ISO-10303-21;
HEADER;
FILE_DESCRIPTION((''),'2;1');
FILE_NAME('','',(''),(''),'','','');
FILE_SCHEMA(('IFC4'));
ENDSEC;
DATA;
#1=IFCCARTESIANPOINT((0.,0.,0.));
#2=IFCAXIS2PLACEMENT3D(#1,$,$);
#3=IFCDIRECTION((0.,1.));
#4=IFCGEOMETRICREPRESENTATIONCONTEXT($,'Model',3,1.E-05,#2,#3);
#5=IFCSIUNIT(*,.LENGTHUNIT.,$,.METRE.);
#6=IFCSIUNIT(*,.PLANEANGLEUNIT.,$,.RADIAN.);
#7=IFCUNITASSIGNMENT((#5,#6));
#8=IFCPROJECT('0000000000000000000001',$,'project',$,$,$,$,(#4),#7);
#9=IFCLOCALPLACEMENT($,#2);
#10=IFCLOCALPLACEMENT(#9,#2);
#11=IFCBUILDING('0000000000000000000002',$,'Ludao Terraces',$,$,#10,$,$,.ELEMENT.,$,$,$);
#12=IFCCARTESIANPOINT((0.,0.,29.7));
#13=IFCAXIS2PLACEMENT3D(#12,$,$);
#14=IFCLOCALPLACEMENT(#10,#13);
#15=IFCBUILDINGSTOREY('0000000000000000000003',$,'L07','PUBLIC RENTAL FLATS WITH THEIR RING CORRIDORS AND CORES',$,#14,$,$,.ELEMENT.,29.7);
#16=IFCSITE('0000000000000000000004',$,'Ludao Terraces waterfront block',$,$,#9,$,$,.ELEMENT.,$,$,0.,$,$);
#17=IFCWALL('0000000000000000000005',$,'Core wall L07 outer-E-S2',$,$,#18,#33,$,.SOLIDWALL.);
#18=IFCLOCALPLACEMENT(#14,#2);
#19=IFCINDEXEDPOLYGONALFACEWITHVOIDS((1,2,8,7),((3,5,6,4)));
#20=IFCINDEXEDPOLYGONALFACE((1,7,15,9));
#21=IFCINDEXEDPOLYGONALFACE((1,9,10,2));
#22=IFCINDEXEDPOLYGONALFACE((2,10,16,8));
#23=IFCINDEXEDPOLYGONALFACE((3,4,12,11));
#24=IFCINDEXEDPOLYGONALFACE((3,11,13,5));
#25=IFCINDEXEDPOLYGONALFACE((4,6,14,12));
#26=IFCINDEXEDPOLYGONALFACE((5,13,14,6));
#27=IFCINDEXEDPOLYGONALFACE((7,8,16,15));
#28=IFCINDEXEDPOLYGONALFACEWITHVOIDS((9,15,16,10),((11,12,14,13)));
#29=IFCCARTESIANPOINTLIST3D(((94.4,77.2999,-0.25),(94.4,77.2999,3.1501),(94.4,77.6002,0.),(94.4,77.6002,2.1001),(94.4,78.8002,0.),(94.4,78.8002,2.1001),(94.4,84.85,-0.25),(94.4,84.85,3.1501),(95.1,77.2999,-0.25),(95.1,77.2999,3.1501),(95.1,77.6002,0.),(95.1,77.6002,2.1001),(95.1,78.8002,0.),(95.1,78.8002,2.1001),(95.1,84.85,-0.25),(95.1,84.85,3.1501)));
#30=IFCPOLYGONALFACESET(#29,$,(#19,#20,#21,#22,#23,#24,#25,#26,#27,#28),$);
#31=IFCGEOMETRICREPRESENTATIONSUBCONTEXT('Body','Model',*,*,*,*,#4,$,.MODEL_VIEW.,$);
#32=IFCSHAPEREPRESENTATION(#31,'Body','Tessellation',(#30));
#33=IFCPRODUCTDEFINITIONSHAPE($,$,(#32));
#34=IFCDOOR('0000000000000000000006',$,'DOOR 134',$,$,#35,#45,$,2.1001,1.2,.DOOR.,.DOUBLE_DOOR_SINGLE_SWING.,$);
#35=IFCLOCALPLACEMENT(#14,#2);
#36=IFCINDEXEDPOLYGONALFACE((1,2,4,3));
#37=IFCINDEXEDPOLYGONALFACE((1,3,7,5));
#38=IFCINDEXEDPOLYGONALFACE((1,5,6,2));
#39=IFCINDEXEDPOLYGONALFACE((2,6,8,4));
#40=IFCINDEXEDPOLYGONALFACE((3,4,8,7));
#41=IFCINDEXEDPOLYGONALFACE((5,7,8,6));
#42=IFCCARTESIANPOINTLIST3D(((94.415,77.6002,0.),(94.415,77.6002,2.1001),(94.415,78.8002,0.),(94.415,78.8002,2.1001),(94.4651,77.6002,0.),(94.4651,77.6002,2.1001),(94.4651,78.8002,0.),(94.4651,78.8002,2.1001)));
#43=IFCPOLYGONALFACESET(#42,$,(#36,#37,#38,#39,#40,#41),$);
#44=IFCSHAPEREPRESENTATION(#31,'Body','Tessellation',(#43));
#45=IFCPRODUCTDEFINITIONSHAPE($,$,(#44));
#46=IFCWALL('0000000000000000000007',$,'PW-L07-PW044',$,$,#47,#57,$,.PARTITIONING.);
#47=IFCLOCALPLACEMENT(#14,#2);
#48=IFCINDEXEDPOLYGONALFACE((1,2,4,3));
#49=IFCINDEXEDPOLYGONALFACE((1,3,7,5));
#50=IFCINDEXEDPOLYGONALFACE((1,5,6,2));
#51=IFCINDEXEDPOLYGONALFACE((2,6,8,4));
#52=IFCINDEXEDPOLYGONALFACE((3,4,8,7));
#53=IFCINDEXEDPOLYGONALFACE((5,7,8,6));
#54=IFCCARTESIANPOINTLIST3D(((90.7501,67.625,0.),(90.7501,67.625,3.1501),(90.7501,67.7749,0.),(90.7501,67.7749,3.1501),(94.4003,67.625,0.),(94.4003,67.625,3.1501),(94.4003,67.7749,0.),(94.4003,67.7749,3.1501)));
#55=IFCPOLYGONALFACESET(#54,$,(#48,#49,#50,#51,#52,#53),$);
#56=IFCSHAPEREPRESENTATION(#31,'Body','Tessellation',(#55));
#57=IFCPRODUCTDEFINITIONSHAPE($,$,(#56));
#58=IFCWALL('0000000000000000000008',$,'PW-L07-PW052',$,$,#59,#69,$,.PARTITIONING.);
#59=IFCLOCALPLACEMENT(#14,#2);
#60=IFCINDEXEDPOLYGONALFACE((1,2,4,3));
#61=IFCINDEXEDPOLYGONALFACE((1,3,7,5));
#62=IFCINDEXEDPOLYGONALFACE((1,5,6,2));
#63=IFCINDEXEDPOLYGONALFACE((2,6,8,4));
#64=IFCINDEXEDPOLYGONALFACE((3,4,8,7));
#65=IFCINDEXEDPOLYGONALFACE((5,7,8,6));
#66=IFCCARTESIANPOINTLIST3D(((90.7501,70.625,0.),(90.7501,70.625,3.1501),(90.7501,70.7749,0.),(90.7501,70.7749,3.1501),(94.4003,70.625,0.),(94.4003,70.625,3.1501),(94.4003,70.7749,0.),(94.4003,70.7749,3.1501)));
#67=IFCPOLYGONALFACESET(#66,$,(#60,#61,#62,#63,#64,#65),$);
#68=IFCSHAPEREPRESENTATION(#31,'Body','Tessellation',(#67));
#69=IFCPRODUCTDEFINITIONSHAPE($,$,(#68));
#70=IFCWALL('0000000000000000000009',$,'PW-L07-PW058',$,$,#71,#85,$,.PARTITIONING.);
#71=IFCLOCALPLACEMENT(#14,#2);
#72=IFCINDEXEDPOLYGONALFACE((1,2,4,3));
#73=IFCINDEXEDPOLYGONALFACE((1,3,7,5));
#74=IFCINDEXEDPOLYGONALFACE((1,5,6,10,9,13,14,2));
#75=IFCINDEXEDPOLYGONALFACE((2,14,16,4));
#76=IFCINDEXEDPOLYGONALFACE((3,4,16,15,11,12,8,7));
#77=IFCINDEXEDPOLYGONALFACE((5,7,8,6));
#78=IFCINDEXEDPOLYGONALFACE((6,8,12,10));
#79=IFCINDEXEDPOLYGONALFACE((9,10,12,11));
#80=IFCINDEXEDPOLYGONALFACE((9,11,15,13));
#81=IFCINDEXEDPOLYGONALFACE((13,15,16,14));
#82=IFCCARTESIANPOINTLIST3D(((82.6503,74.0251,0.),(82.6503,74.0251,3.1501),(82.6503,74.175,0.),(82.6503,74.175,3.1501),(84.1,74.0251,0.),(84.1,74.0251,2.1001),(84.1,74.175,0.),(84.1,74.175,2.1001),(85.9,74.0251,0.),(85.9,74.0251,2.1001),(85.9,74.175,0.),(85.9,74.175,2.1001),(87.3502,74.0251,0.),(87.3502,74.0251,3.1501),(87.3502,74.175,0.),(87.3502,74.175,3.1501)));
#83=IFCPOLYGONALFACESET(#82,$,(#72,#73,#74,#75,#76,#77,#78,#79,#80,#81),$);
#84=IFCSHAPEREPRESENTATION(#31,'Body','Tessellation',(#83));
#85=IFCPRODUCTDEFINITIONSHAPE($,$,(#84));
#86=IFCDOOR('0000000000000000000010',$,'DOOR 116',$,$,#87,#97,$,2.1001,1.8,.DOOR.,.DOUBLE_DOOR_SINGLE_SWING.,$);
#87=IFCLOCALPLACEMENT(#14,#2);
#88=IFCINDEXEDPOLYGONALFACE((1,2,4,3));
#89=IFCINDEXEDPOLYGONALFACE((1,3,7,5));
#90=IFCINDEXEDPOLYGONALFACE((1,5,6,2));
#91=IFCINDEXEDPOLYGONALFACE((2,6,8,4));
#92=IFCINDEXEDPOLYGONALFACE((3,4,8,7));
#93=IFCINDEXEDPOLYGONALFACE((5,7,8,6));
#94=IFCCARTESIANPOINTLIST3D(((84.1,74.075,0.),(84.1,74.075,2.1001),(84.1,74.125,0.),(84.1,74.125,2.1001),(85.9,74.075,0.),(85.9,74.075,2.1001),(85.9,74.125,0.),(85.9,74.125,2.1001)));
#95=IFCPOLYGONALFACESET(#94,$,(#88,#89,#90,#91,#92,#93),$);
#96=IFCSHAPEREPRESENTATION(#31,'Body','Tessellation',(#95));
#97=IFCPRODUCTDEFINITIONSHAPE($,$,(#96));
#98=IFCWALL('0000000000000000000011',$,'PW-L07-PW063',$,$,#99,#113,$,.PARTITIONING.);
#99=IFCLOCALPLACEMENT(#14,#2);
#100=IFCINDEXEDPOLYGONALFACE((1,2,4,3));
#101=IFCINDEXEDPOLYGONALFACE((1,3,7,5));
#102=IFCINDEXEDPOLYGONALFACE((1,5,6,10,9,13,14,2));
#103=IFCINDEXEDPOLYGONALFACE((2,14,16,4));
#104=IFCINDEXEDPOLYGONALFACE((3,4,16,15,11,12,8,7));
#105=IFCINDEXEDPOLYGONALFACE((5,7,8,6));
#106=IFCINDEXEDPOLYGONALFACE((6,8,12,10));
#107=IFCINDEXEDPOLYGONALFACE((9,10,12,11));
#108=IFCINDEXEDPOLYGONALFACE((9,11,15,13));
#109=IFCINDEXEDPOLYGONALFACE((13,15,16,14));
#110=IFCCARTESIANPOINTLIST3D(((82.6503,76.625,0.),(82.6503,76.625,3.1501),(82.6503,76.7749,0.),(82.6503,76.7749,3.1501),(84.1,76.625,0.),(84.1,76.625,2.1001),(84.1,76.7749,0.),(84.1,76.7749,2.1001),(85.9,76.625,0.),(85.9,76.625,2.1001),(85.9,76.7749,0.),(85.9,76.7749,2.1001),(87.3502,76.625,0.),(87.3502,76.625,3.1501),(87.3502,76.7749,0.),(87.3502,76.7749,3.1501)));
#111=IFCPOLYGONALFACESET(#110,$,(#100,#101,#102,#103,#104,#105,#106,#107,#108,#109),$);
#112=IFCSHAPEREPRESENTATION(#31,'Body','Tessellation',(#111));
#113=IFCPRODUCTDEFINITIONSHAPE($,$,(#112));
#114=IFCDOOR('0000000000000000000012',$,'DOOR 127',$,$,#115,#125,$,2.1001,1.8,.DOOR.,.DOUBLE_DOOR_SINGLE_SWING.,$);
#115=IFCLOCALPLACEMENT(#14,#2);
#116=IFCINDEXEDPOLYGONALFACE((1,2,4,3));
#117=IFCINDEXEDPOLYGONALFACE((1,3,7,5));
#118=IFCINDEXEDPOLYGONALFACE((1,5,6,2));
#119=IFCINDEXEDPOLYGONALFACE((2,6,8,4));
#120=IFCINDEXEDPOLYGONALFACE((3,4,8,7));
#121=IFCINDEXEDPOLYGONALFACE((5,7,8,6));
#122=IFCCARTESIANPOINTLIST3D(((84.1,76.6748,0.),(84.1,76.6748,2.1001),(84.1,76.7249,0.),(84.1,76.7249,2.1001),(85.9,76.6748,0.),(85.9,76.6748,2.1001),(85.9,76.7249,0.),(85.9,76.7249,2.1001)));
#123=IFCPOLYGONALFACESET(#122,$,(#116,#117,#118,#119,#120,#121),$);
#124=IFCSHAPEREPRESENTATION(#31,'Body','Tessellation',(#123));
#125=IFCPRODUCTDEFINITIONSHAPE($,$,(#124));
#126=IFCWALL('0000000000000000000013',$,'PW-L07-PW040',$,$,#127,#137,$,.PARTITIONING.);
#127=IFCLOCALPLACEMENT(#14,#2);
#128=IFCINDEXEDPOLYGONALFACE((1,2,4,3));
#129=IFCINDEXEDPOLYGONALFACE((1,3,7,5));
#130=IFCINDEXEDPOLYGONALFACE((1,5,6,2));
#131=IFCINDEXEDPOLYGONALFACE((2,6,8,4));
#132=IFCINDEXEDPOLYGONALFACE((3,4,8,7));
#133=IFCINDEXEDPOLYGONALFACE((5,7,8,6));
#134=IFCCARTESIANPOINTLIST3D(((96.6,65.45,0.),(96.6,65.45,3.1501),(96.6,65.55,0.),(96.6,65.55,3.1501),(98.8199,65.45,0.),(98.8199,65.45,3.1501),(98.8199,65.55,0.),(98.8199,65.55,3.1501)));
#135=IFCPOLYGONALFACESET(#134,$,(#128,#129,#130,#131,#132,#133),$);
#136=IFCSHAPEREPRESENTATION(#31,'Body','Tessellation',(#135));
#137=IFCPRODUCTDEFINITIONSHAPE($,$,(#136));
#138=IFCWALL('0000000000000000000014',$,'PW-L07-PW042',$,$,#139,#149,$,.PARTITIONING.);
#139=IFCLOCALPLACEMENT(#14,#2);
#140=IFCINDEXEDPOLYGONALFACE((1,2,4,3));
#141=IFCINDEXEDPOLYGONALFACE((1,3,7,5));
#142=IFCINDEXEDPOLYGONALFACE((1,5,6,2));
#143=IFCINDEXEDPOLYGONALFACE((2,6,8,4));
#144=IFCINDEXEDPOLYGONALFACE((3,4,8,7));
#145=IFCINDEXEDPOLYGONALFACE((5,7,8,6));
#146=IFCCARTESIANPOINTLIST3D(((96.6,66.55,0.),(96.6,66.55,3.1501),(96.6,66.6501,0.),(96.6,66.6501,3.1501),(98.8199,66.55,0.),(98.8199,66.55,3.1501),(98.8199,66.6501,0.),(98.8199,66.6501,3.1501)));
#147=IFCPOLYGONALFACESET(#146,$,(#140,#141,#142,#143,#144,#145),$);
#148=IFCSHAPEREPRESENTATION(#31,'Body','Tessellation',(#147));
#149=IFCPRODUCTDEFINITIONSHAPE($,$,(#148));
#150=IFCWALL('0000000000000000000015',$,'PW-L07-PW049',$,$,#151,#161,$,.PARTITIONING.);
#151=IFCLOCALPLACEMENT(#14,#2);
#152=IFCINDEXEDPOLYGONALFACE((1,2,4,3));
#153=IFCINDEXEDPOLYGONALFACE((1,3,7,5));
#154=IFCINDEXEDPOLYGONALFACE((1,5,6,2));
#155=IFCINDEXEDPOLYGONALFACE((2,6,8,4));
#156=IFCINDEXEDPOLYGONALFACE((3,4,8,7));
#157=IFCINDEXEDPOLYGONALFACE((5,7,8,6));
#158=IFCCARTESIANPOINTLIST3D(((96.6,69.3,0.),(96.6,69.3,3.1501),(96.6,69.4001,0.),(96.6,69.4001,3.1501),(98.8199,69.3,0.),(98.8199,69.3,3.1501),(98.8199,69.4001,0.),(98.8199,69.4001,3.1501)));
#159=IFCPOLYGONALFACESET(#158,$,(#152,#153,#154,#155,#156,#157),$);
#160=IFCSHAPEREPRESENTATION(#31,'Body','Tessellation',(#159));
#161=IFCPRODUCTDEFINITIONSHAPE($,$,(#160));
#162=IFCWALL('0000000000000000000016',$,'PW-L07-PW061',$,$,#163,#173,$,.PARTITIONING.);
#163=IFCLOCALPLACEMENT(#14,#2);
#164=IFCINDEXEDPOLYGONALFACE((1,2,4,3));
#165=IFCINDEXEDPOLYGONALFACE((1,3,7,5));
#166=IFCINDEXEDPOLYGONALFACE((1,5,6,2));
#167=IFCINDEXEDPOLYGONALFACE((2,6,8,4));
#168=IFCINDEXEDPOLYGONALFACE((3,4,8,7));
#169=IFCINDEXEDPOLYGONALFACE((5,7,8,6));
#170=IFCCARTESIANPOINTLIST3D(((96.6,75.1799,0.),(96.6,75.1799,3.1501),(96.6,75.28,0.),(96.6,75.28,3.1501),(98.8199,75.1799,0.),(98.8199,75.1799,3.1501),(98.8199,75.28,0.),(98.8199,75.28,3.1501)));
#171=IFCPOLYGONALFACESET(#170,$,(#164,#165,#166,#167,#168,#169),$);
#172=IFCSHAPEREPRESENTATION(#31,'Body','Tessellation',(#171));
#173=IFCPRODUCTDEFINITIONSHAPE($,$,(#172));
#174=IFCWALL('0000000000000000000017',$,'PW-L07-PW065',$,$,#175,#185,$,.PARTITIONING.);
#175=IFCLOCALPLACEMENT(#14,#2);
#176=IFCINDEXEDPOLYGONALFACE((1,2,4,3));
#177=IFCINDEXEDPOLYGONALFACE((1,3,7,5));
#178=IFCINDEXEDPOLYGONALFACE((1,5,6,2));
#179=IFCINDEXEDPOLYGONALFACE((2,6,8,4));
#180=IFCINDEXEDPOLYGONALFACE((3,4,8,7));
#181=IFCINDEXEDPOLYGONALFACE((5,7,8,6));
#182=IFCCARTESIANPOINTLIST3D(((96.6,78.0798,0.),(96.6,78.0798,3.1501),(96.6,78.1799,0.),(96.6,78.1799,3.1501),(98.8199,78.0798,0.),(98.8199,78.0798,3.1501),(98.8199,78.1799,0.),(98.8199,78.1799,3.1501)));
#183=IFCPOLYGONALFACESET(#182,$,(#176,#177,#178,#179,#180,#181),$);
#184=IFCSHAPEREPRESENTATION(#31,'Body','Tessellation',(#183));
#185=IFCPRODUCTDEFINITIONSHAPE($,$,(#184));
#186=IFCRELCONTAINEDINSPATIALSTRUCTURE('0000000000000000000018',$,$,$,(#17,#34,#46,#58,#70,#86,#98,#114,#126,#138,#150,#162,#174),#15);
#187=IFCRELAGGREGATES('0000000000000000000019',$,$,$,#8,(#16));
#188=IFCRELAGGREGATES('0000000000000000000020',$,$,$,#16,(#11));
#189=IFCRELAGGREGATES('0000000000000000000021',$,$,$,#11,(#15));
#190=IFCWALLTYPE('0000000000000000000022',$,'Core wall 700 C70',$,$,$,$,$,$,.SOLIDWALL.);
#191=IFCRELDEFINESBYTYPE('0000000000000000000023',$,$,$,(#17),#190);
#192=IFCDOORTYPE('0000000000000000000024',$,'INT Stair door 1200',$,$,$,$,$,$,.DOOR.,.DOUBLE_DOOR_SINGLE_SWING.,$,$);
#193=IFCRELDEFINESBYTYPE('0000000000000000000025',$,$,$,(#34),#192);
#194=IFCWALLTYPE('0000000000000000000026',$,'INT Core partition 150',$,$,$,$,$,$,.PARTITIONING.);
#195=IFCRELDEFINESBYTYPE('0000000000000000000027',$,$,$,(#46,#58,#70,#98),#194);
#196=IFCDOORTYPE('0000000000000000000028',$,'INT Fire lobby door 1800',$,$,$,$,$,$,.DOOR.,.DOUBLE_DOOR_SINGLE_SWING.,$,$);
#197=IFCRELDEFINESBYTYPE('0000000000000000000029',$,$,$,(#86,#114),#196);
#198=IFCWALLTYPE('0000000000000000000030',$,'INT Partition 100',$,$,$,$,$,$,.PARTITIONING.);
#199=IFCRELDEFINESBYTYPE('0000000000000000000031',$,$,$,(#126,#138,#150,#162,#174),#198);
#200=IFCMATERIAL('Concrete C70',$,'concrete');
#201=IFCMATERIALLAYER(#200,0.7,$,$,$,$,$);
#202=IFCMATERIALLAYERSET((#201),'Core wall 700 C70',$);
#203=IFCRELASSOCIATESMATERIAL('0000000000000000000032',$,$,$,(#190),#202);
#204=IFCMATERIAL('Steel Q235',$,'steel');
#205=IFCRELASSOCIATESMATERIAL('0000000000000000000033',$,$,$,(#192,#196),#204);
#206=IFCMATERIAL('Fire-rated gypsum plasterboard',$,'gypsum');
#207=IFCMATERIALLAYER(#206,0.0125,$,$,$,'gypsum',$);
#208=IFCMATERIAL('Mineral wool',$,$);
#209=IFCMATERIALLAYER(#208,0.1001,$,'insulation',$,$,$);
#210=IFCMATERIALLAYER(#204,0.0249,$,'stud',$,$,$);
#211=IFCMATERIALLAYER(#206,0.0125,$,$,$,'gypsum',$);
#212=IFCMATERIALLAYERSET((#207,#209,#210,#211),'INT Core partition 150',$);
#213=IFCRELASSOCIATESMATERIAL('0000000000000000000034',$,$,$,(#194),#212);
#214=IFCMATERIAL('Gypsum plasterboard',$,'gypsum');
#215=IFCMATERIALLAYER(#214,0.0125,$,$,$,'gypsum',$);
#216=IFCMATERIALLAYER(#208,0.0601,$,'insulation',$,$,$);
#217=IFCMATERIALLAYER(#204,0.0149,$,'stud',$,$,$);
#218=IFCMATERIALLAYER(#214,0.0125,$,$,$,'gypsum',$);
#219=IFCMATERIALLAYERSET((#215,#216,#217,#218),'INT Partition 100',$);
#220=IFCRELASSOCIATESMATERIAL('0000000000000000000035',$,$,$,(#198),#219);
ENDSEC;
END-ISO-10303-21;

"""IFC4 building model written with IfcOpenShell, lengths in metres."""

from ifc_helpers import new_model, si_unit, direction, frame, frame_2d, origin, place, context, subcontext, project, spatial, rectangle, extrude, material, layer, layer_set, type_object, element, fill, save


model = new_model("IFC4")

# Units and contexts
model_context = context("Model", 3, precision=1e-05, world=origin(), true_north=direction((0.0, 1.0)))
body_context = subcontext(model_context, "Body", "Model", "MODEL_VIEW")
ifc_project = project(units=[si_unit("LENGTHUNIT", "METRE"), si_unit("PLANEANGLEUNIT", "RADIAN")], contexts=[model_context])

# Site, building, storey
site_placement = place(None, origin())
site = spatial("IfcSite", under=ifc_project, at=site_placement, Name="Ludao Terraces waterfront block", CompositionType="ELEMENT", RefElevation=0.0)
building_placement = place(site_placement, origin())
building = spatial("IfcBuilding", under=site, at=building_placement, Name="Ludao Terraces", CompositionType="ELEMENT")
storey_placement = place(building_placement, frame((0.0, 0.0, 29.7)))
storey = spatial("IfcBuildingStorey", under=building, at=storey_placement, Name="L07", Description="PUBLIC RENTAL FLATS WITH THEIR RING CORRIDORS AND CORES", CompositionType="ELEMENT", Elevation=29.7)

# Wall, opening, door
ifc_material_1 = material(Name="Concrete C70", Category="concrete")
ifc_layer_1 = layer(ifc_material_1, 0.7)
ifc_layer_set_1 = layer_set([ifc_layer_1], Name="Core wall 700 C70")
wall_type_1 = type_object("IfcWallType", Name="Core wall 700 C70", PredefinedType="SOLIDWALL", material=ifc_layer_set_1)
wall_1_placement = place(storey_placement, frame((94.75, 77.3, -0.25), z_axis=(0.0, 0.0, 1.0), x_axis=(0.0, 1.0, 0.0)))
wall_1 = element("IfcWall", 1, at=wall_1_placement, inside=storey, type_object=wall_type_1, Name="Core wall L07 outer-E-S2", PredefinedType="SOLIDWALL", context=body_context, shape_type="SweptSolid", body=[
    extrude(rectangle(XDim=7.55, YDim=0.7, at=frame_2d((3.7749, 0.0))), origin(), (0.0, 0.0, 1.0), 3.4001),
])
opening_1_placement = place(wall_1_placement, frame((0.3, 0.0, 0.25)))
opening_1 = element("IfcOpeningElement", 2, at=opening_1_placement, cuts=wall_1, PredefinedType="OPENING", context=body_context, shape_type="SweptSolid", body=[
    extrude(rectangle(XDim=1.2, YDim=2.1001, at=frame_2d((0.6001, 1.05))), frame((0.0, 0.3599, 0.0), z_axis=(0.0, -1.0, 0.0), x_axis=(1.0, 0.0, 0.0)), (0.0, 0.0, 1.0), 0.72),
])
ifc_material_2 = material(Name="Steel Q235", Category="steel")
door_type_1 = type_object("IfcDoorType", Name="INT Stair door 1200", OperationType="DOUBLE_DOOR_SINGLE_SWING", PredefinedType="DOOR", material=ifc_material_2)
door_1_placement = place(opening_1_placement, origin())
door_1 = element("IfcDoor", 3, at=door_1_placement, inside=storey, type_object=door_type_1, Name="DOOR 134", OperationType="DOUBLE_DOOR_SINGLE_SWING", OverallHeight=2.1001, OverallWidth=1.2, PredefinedType="DOOR", context=body_context, shape_type="SweptSolid", body=[
    extrude(rectangle(XDim=1.2, YDim=2.1001, at=frame_2d((0.6001, 1.05))), frame((0.0, 0.335, 0.0), z_axis=(0.0, -1.0, 0.0), x_axis=(1.0, 0.0, 0.0)), (0.0, 0.0, 1.0), 0.05),
])
fill(opening_1, door_1)

# Walls
ifc_material_3 = material(Name="Fire-rated gypsum plasterboard", Category="gypsum")
ifc_layer_2 = layer(ifc_material_3, 0.0125, Category="gypsum")
ifc_material_4 = material(Name="Mineral wool")
ifc_layer_3 = layer(ifc_material_4, 0.1001, Name="insulation")
ifc_layer_4 = layer(ifc_material_2, 0.0249, Name="stud")
ifc_layer_5 = layer(ifc_material_3, 0.0125, Category="gypsum")
ifc_layer_set_2 = layer_set([ifc_layer_2, ifc_layer_3, ifc_layer_4, ifc_layer_5], Name="INT Core partition 150")
wall_type_2 = type_object("IfcWallType", Name="INT Core partition 150", PredefinedType="PARTITIONING", material=ifc_layer_set_2)
for number, where, z_axis, x_axis, name in (
    (4, (90.75, 67.7, 0.0), (0.0, 0.0, 1.0), (1.0, 0.0, 0.0), "PW-L07-PW044"),
    (5, (90.75, 70.7, 0.0), (0.0, 0.0, 1.0), (1.0, 0.0, 0.0), "PW-L07-PW052"),
):
    element("IfcWall", number, at=place(storey_placement, frame(where, z_axis=z_axis, x_axis=x_axis)), inside=storey, type_object=wall_type_2, Name=name, PredefinedType="PARTITIONING", context=body_context, shape_type="SweptSolid", body=[
        extrude(rectangle(XDim=3.6501, YDim=0.1499, at=frame_2d((1.8252, 0.0))), origin(), (0.0, 0.0, 1.0), 3.1501),
    ])

# Walls, openings, doors
wall_2_placement = place(storey_placement, frame((82.6501, 74.1001, 0.0), z_axis=(0.0, 0.0, 1.0), x_axis=(1.0, 0.0, 0.0)))
wall_2 = element("IfcWall", 6, at=wall_2_placement, inside=storey, type_object=wall_type_2, Name="PW-L07-PW058", PredefinedType="PARTITIONING", context=body_context, shape_type="SweptSolid", body=[
    extrude(rectangle(XDim=4.7, YDim=0.1499, at=frame_2d((2.3501, 0.0))), origin(), (0.0, 0.0, 1.0), 3.1501),
])
opening_2_placement = place(wall_2_placement, frame((1.45, 0.0, 0.0)))
opening_2 = element("IfcOpeningElement", 7, at=opening_2_placement, cuts=wall_2, PredefinedType="OPENING", context=body_context, shape_type="SweptSolid", body=[
    extrude(rectangle(XDim=1.8, YDim=2.1001, at=frame_2d((0.8999, 1.05))), frame((0.0, 0.085, 0.0), z_axis=(0.0, -1.0, 0.0), x_axis=(1.0, 0.0, 0.0)), (0.0, 0.0, 1.0), 0.1699),
])
door_type_2 = type_object("IfcDoorType", Name="INT Fire lobby door 1800", OperationType="DOUBLE_DOOR_SINGLE_SWING", PredefinedType="DOOR", material=ifc_material_2)
door_2_placement = place(opening_2_placement, origin())
door_2 = element("IfcDoor", 8, at=door_2_placement, inside=storey, type_object=door_type_2, Name="DOOR 116", OperationType="DOUBLE_DOOR_SINGLE_SWING", OverallHeight=2.1001, OverallWidth=1.8, PredefinedType="DOOR", context=body_context, shape_type="SweptSolid", body=[
    extrude(rectangle(XDim=1.8, YDim=2.1001, at=frame_2d((0.8999, 1.05))), frame((0.0, 0.0249, 0.0), z_axis=(0.0, -1.0, 0.0), x_axis=(1.0, 0.0, 0.0)), (0.0, 0.0, 1.0), 0.05),
])
fill(opening_2, door_2)
wall_3_placement = place(storey_placement, frame((82.6501, 76.7, 0.0), z_axis=(0.0, 0.0, 1.0), x_axis=(1.0, 0.0, 0.0)))
wall_3 = element("IfcWall", 9, at=wall_3_placement, inside=storey, type_object=wall_type_2, Name="PW-L07-PW063", PredefinedType="PARTITIONING", context=body_context, shape_type="SweptSolid", body=[
    extrude(rectangle(XDim=4.7, YDim=0.1499, at=frame_2d((2.3501, 0.0))), origin(), (0.0, 0.0, 1.0), 3.1501),
])
opening_3_placement = place(wall_3_placement, frame((1.45, 0.0, 0.0)))
opening_3 = element("IfcOpeningElement", 10, at=opening_3_placement, cuts=wall_3, PredefinedType="OPENING", context=body_context, shape_type="SweptSolid", body=[
    extrude(rectangle(XDim=1.8, YDim=2.1001, at=frame_2d((0.8999, 1.05))), frame((0.0, 0.085, 0.0), z_axis=(0.0, -1.0, 0.0), x_axis=(1.0, 0.0, 0.0)), (0.0, 0.0, 1.0), 0.1699),
])
door_3_placement = place(opening_3_placement, origin())
door_3 = element("IfcDoor", 11, at=door_3_placement, inside=storey, type_object=door_type_2, Name="DOOR 127", OperationType="DOUBLE_DOOR_SINGLE_SWING", OverallHeight=2.1001, OverallWidth=1.8, PredefinedType="DOOR", context=body_context, shape_type="SweptSolid", body=[
    extrude(rectangle(XDim=1.8, YDim=2.1001, at=frame_2d((0.8999, 1.05))), frame((0.0, 0.0249, 0.0), z_axis=(0.0, -1.0, 0.0), x_axis=(1.0, 0.0, 0.0)), (0.0, 0.0, 1.0), 0.05),
])
fill(opening_3, door_3)

# Walls
ifc_material_5 = material(Name="Gypsum plasterboard", Category="gypsum")
ifc_layer_6 = layer(ifc_material_5, 0.0125, Category="gypsum")
ifc_layer_7 = layer(ifc_material_4, 0.0601, Name="insulation")
ifc_layer_8 = layer(ifc_material_2, 0.0149, Name="stud")
ifc_layer_9 = layer(ifc_material_5, 0.0125, Category="gypsum")
ifc_layer_set_3 = layer_set([ifc_layer_6, ifc_layer_7, ifc_layer_8, ifc_layer_9], Name="INT Partition 100")
wall_type_3 = type_object("IfcWallType", Name="INT Partition 100", PredefinedType="PARTITIONING", material=ifc_layer_set_3)
for number, where, z_axis, x_axis, name in (
    (12, (96.6001, 65.5, 0.0), (0.0, 0.0, 1.0), (1.0, 0.0, 0.0), "PW-L07-PW040"),
    (13, (96.6001, 66.6001, 0.0), (0.0, 0.0, 1.0), (1.0, 0.0, 0.0), "PW-L07-PW042"),
    (14, (96.6001, 69.3501, 0.0), (0.0, 0.0, 1.0), (1.0, 0.0, 0.0), "PW-L07-PW049"),
    (15, (96.6001, 75.23, 0.0), (0.0, 0.0, 1.0), (1.0, 0.0, 0.0), "PW-L07-PW061"),
    (16, (96.6001, 78.1299, 0.0), (0.0, 0.0, 1.0), (1.0, 0.0, 0.0), "PW-L07-PW065"),
):
    element("IfcWall", number, at=place(storey_placement, frame(where, z_axis=z_axis, x_axis=x_axis)), inside=storey, type_object=wall_type_3, Name=name, PredefinedType="PARTITIONING", context=body_context, shape_type="SweptSolid", body=[
        extrude(rectangle(XDim=2.22, YDim=0.1001, at=frame_2d((1.1099, 0.0))), origin(), (0.0, 0.0, 1.0), 3.1501),
    ])

save(model, "model.ifc")
